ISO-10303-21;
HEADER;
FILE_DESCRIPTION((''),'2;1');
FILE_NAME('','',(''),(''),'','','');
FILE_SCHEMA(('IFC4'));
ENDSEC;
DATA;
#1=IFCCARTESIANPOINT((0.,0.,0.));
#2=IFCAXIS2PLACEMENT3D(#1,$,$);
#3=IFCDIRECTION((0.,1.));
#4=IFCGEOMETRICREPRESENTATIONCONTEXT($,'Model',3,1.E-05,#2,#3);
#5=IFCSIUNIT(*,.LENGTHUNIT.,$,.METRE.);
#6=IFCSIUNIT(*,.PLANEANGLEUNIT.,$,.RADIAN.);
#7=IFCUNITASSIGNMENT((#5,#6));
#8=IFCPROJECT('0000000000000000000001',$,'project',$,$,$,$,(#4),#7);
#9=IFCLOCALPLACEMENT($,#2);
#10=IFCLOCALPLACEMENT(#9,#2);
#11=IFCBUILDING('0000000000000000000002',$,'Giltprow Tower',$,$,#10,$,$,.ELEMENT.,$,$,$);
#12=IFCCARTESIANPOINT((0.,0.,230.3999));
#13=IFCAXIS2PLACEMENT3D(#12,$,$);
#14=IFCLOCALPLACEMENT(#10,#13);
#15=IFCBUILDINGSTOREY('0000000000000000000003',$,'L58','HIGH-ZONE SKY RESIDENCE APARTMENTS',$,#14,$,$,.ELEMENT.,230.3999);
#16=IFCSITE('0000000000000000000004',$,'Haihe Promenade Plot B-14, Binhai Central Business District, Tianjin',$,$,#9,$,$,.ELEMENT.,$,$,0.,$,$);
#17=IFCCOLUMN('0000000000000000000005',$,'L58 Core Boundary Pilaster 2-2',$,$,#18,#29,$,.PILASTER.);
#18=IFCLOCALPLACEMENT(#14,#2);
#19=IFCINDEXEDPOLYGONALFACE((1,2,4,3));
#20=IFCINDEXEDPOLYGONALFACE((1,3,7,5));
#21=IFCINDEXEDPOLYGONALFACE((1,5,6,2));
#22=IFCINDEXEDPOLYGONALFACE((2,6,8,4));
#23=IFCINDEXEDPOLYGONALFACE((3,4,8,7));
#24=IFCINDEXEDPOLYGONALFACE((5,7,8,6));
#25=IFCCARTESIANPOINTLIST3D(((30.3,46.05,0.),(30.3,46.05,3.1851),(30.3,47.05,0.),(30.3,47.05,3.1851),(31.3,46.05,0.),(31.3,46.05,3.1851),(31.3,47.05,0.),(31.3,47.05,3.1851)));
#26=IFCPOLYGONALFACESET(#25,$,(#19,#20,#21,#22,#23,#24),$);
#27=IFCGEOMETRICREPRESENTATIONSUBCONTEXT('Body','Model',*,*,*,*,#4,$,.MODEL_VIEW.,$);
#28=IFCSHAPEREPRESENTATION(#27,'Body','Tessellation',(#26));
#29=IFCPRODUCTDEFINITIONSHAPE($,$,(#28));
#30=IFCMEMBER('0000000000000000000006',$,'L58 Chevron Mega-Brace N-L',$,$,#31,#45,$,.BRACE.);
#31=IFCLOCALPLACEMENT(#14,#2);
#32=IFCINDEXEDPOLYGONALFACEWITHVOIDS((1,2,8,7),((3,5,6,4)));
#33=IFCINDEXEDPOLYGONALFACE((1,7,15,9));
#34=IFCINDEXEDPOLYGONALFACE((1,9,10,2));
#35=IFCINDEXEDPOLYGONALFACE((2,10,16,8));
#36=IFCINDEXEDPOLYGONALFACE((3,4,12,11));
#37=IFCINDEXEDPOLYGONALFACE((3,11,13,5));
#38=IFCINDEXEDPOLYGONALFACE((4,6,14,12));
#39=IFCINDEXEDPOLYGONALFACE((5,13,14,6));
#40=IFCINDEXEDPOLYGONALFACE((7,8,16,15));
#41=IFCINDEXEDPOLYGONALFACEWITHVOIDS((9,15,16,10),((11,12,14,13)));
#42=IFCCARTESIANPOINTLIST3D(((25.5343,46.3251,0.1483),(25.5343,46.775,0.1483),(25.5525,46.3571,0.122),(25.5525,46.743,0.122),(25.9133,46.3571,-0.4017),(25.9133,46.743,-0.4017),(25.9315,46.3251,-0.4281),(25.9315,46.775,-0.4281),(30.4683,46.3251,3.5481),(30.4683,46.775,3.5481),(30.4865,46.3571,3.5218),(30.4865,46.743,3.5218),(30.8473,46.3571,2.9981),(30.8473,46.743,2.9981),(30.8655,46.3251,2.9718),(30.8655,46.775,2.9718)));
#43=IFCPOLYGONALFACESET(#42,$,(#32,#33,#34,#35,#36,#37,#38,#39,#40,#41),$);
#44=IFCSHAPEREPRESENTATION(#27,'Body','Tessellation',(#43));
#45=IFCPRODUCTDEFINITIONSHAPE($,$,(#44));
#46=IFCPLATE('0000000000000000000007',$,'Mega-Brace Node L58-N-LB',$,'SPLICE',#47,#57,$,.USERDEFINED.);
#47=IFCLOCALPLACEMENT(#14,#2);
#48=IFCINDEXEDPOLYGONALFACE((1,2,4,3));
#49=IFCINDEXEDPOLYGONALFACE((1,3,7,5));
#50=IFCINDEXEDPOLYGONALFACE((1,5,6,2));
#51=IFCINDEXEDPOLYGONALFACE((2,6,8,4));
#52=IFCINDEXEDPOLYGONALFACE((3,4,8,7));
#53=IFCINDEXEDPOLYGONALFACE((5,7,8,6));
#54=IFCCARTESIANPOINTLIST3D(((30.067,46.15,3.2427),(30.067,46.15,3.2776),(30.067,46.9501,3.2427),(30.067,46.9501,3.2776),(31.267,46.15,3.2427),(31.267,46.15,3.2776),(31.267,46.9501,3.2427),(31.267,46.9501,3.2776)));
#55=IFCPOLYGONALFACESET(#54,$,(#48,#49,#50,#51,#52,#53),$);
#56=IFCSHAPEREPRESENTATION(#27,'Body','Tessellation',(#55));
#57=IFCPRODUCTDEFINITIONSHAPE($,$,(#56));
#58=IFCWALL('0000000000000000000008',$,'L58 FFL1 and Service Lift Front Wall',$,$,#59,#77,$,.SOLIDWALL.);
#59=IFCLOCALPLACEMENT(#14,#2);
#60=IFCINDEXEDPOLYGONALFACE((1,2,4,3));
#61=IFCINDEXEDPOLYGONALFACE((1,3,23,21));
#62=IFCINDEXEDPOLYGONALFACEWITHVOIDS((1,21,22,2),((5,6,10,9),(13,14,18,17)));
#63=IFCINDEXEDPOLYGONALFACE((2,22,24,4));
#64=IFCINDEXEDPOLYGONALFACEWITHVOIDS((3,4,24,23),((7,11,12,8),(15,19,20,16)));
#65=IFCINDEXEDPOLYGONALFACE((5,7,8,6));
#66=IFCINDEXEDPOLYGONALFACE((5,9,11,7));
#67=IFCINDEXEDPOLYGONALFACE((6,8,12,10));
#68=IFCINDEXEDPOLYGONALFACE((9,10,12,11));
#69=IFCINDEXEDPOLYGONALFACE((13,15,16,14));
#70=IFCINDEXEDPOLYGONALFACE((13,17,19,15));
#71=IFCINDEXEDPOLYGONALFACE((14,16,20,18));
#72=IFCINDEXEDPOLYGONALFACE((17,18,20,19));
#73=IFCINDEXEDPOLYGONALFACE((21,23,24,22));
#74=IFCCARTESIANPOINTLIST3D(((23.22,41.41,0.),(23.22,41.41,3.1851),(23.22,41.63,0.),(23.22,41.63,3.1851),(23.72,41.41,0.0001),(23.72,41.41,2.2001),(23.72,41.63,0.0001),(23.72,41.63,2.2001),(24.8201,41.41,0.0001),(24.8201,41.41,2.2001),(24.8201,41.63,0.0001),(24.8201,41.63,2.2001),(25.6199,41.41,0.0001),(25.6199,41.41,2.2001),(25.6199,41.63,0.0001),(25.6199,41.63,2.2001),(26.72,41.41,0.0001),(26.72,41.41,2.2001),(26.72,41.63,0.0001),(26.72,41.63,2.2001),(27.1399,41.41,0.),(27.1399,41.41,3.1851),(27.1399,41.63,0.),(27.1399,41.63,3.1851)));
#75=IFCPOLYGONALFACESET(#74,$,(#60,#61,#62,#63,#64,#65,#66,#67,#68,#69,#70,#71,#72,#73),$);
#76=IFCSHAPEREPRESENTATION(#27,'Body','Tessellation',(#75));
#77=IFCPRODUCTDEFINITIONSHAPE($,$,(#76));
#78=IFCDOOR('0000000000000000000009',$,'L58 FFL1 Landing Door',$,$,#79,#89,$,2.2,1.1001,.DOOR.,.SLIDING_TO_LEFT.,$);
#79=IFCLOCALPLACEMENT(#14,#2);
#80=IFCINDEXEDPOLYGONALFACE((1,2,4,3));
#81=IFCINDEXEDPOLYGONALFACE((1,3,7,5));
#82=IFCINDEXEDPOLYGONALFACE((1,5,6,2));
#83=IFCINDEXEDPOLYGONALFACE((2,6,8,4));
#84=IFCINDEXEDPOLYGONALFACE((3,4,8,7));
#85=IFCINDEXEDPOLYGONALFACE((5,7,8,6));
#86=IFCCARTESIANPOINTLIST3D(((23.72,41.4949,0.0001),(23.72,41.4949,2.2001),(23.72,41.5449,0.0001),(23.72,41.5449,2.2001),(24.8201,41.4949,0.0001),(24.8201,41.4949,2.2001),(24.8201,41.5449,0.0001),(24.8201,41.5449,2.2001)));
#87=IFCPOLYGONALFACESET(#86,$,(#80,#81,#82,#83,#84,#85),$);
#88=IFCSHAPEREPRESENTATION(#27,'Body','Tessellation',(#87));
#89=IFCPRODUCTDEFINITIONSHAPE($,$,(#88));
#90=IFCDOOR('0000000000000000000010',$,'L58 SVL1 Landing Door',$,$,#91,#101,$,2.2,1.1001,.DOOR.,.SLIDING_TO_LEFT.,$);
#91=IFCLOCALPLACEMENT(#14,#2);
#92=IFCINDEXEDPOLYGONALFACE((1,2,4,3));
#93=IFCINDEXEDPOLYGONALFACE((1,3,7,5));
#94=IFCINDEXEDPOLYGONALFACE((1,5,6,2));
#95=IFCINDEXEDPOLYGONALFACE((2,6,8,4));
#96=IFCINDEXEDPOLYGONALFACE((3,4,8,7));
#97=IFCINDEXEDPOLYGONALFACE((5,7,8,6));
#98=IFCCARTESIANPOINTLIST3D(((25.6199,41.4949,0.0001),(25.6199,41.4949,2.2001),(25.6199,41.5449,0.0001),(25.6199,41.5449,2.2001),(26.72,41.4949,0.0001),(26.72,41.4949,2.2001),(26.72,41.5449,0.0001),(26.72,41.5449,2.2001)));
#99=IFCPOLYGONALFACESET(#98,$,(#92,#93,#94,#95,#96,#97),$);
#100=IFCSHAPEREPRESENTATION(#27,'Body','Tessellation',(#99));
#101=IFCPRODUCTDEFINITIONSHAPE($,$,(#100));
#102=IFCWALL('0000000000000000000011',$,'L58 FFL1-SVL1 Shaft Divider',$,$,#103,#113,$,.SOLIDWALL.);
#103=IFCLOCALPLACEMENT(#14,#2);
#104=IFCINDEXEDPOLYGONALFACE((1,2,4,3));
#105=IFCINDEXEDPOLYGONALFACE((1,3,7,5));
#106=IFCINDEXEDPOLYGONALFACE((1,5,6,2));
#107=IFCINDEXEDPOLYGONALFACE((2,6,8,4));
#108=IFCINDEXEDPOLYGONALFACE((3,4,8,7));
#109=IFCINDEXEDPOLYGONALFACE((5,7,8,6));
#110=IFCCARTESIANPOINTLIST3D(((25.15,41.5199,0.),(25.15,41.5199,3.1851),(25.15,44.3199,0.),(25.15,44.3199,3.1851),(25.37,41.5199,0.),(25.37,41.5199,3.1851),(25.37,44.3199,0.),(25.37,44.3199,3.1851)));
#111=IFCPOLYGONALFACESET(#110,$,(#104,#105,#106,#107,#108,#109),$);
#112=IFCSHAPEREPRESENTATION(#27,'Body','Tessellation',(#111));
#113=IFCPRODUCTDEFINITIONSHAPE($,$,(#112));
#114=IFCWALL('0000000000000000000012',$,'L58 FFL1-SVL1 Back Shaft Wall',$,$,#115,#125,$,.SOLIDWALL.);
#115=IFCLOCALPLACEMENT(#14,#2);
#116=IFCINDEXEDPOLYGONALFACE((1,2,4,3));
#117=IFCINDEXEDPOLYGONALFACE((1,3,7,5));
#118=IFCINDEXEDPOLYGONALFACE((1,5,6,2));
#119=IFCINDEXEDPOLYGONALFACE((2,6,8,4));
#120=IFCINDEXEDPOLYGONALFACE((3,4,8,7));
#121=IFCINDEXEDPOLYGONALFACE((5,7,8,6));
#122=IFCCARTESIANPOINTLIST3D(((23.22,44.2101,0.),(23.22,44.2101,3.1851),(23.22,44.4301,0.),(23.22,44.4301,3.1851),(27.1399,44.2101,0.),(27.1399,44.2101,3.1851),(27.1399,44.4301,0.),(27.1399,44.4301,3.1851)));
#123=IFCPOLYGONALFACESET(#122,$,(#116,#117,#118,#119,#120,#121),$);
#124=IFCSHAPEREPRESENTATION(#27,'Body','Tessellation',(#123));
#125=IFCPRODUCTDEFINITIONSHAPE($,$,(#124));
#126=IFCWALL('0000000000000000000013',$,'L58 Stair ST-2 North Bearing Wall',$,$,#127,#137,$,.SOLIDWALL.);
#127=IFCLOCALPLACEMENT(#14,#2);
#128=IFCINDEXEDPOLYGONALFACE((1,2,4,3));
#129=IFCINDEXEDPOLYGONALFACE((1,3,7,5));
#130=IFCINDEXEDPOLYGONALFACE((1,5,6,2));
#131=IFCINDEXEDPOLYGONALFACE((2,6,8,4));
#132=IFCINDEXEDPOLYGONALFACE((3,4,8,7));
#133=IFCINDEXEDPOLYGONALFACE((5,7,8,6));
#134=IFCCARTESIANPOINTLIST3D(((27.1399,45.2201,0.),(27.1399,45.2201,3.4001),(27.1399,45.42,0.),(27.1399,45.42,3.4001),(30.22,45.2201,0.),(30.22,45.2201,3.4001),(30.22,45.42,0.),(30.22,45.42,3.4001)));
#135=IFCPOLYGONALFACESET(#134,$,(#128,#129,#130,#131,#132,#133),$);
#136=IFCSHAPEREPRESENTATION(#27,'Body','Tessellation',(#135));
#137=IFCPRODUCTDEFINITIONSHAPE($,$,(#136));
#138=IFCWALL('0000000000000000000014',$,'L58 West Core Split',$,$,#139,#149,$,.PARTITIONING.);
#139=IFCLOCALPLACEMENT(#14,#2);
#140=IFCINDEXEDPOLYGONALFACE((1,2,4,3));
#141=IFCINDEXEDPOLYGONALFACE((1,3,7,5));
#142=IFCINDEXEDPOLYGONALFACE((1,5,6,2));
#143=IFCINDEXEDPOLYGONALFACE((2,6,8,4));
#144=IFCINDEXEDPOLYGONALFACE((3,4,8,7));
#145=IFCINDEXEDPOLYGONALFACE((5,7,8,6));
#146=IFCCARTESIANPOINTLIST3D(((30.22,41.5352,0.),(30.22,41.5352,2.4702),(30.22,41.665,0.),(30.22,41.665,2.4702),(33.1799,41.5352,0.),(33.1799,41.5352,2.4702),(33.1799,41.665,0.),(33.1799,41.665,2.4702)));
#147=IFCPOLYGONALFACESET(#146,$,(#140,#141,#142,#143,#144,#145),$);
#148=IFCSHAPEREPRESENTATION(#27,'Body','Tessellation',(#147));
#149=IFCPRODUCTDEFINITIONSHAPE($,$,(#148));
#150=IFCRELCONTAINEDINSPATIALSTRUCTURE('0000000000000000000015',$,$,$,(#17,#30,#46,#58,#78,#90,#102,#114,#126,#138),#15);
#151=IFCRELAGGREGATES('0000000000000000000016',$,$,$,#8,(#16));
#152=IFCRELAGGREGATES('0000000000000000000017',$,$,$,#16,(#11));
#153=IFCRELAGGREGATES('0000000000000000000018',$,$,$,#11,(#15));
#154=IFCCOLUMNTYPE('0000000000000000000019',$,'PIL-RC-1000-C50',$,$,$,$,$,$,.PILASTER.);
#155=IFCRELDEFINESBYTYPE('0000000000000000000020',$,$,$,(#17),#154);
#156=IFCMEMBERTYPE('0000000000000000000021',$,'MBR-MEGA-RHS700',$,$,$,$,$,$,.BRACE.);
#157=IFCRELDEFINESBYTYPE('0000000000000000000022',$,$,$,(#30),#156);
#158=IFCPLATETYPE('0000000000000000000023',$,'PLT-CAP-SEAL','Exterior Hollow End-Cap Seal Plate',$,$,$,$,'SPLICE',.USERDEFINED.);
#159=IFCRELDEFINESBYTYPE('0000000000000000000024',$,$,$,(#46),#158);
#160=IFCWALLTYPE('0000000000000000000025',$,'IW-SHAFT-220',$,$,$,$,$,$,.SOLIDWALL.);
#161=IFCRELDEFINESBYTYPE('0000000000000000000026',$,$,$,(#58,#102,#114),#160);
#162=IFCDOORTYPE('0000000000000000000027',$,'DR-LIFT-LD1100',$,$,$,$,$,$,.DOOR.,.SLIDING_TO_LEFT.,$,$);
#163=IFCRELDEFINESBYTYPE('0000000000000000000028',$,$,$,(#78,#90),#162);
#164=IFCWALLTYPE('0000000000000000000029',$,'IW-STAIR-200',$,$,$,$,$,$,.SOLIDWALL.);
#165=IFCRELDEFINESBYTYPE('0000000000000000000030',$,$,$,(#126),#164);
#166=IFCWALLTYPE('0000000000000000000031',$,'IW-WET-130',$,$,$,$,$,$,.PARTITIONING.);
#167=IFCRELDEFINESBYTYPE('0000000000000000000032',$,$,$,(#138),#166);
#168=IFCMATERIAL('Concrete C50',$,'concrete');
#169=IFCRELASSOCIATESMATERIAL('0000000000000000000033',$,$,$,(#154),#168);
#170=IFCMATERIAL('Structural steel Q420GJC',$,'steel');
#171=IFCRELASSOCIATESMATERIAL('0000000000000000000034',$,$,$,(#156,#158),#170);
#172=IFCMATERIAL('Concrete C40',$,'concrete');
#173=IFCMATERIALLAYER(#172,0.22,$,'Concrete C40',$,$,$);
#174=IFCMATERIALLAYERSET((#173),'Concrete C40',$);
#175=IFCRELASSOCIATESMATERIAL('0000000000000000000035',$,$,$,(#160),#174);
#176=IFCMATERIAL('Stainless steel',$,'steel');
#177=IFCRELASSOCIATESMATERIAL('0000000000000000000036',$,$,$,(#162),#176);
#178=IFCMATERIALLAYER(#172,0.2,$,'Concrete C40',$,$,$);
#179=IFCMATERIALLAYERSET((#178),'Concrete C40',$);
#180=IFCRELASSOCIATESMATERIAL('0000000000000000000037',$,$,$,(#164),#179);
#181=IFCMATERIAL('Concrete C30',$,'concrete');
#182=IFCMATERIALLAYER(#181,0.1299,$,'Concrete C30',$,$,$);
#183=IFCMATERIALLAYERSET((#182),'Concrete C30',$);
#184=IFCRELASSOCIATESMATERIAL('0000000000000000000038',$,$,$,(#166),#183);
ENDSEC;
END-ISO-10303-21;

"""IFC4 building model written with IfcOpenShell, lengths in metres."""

from ifc_helpers import new_model, si_unit, direction, frame, frame_2d, origin, origin_2d, place, context, subcontext, project, spatial, rectangle, hollow_rectangle, extrude, source, transform, mapped, material, layer, layer_set, material_profile, profile_set, type_object, element, fill, save


model = new_model("IFC4")

# Units and contexts
model_context = context("Model", 3, precision=1e-05, world=origin(), true_north=direction((0.0, 1.0)))
body_context = subcontext(model_context, "Body", "Model", "MODEL_VIEW")
ifc_project = project(units=[si_unit("LENGTHUNIT", "METRE"), si_unit("PLANEANGLEUNIT", "RADIAN")], contexts=[model_context])

# Site, building, storey
site_placement = place(None, origin())
site = spatial("IfcSite", under=ifc_project, at=site_placement, Name="Haihe Promenade Plot B-14, Binhai Central Business District, Tianjin", CompositionType="ELEMENT", RefElevation=0.0)
building_placement = place(site_placement, origin())
building = spatial("IfcBuilding", under=site, at=building_placement, Name="Giltprow Tower", CompositionType="ELEMENT")
storey_placement = place(building_placement, frame((0.0, 0.0, 230.3999)))
storey = spatial("IfcBuildingStorey", under=building, at=storey_placement, Name="L58", Description="HIGH-ZONE SKY RESIDENCE APARTMENTS", CompositionType="ELEMENT", Elevation=230.3999)

# Column
ifc_material_1 = material(Name="Concrete C50", Category="concrete")
ifc_material_profile_1 = material_profile(ifc_material_1, rectangle(XDim=1.0, YDim=1.0, at=origin_2d()), Name="RC 1000x1000")
ifc_profile_set_1 = profile_set([ifc_material_profile_1], Name="Concrete C50")
column_type = type_object("IfcColumnType", Name="PIL-RC-1000-C50", PredefinedType="PILASTER", material=ifc_profile_set_1)
shared_shape_1 = source(origin(), body_context, "Body", "SweptSolid", [
    extrude(rectangle(XDim=1.0, YDim=1.0, at=origin_2d()), origin(), (0.0, 0.0, 1.0), 3.1851),
])
column_placement = place(storey_placement, frame((30.8, 46.55, 0.0), z_axis=(0.0, 0.0, 1.0), x_axis=(1.0, 0.0, 0.0)))
element("IfcColumn", 1, at=column_placement, inside=storey, type_object=column_type, Name="L58 Core Boundary Pilaster 2-2", PredefinedType="PILASTER", context=body_context, shape_type="MappedRepresentation", body=[
    mapped(shared_shape_1, transform((0.0, 0.0, 0.0), x_axis=(1.0, 0.0, 0.0), y_axis=(0.0, 1.0, 0.0), z_axis=(0.0, 0.0, 1.0), scale=1.0)),
])

# Member
ifc_material_2 = material(Name="Structural steel Q420GJC", Category="steel")
ifc_material_profile_2 = material_profile(ifc_material_2, hollow_rectangle(XDim=0.45, YDim=0.7, WallThickness=0.032, at=origin_2d()), Name="RHS 700x450x32")
ifc_profile_set_2 = profile_set([ifc_material_profile_2], Name="Structural steel Q420GJC")
member_type = type_object("IfcMemberType", Name="MBR-MEGA-RHS700", PredefinedType="BRACE", material=ifc_profile_set_2)
shared_shape_2 = source(origin(), body_context, "Body", "SweptSolid", [
    extrude(hollow_rectangle(XDim=0.45, YDim=0.7, WallThickness=0.032, at=origin_2d()), origin(), (0.0, 0.0, 1.0), 5.9919),
])
member_placement = place(storey_placement, frame((25.7329, 46.55, -0.1399), z_axis=(0.82344, 0.0, 0.567403), x_axis=(0.0, 1.0, 0.0)))
element("IfcMember", 2, at=member_placement, inside=storey, type_object=member_type, Name="L58 Chevron Mega-Brace N-L", PredefinedType="BRACE", context=body_context, shape_type="MappedRepresentation", body=[
    mapped(shared_shape_2, transform((0.0, 0.0, 0.0), x_axis=(1.0, 0.0, 0.0), y_axis=(0.0, 1.0, 0.0), z_axis=(0.0, 0.0, 1.0), scale=1.0)),
])

# Plate
plate_type = type_object("IfcPlateType", Name="PLT-CAP-SEAL", Description="Exterior Hollow End-Cap Seal Plate", ElementType="SPLICE", PredefinedType="USERDEFINED", material=ifc_material_2)
shared_shape_3 = source(origin(), body_context, "Body", "SweptSolid", [
    extrude(rectangle(XDim=1.2, YDim=0.8, at=origin_2d()), origin(), (0.0, 0.0, 1.0), 0.0349),
])
plate_placement = place(storey_placement, frame((30.667, 46.55, 3.2427), z_axis=(0.0, 0.0, 1.0), x_axis=(1.0, 0.0, 0.0)))
element("IfcPlate", 3, at=plate_placement, inside=storey, type_object=plate_type, Name="Mega-Brace Node L58-N-LB", ObjectType="SPLICE", PredefinedType="USERDEFINED", context=body_context, shape_type="MappedRepresentation", body=[
    mapped(shared_shape_3, transform((0.0, 0.0, 0.0), x_axis=(1.0, 0.0, 0.0), y_axis=(0.0, 1.0, 0.0), z_axis=(0.0, 0.0, 1.0), scale=1.0)),
])

# Wall, openings, doors
ifc_material_3 = material(Name="Concrete C40", Category="concrete")
ifc_layer_1 = layer(ifc_material_3, 0.22, Name="Concrete C40")
ifc_layer_set_1 = layer_set([ifc_layer_1], Name="Concrete C40")
wall_type_1 = type_object("IfcWallType", Name="IW-SHAFT-220", PredefinedType="SOLIDWALL", material=ifc_layer_set_1)
wall_1_placement = place(storey_placement, frame((23.22, 41.52, 0.0), z_axis=(0.0, 0.0, 1.0), x_axis=(1.0, 0.0, 0.0)))
wall_1 = element("IfcWall", 4, at=wall_1_placement, inside=storey, type_object=wall_type_1, Name="L58 FFL1 and Service Lift Front Wall", PredefinedType="SOLIDWALL", context=body_context, shape_type="SweptSolid", body=[
    extrude(rectangle(XDim=3.9199, YDim=0.22, at=frame_2d((1.96, 0.0))), origin(), (0.0, 0.0, 1.0), 3.1851),
])
opening_1_placement = place(wall_1_placement, frame((0.5, 0.0, 0.0)))
opening_1 = element("IfcOpeningElement", 5, at=opening_1_placement, cuts=wall_1, PredefinedType="OPENING", context=body_context, shape_type="SweptSolid", body=[
    extrude(rectangle(XDim=1.1001, YDim=2.2, at=frame_2d((0.55, 1.1001))), frame((0.0, 0.1199, 0.0), z_axis=(0.0, -1.0, 0.0), x_axis=(1.0, 0.0, 0.0)), (0.0, 0.0, 1.0), 0.24),
])
opening_2_placement = place(wall_1_placement, frame((2.3999, 0.0, 0.0)))
opening_2 = element("IfcOpeningElement", 6, at=opening_2_placement, cuts=wall_1, PredefinedType="OPENING", context=body_context, shape_type="SweptSolid", body=[
    extrude(rectangle(XDim=1.1001, YDim=2.2, at=frame_2d((0.55, 1.1001))), frame((0.0, 0.1199, 0.0), z_axis=(0.0, -1.0, 0.0), x_axis=(1.0, 0.0, 0.0)), (0.0, 0.0, 1.0), 0.24),
])
ifc_material_4 = material(Name="Stainless steel", Category="steel")
door_type = type_object("IfcDoorType", Name="DR-LIFT-LD1100", OperationType="SLIDING_TO_LEFT", PredefinedType="DOOR", material=ifc_material_4)
shared_shape_4 = source(origin(), body_context, "Body", "SweptSolid", [
    extrude(rectangle(XDim=1.1001, YDim=2.2, at=frame_2d((0.55, 1.1001))), frame((0.0, 0.0249, 0.0), z_axis=(0.0, -1.0, 0.0), x_axis=(1.0, 0.0, 0.0)), (0.0, 0.0, 1.0), 0.05),
])
door_1_placement = place(opening_1_placement, origin())
door_1 = element("IfcDoor", 7, at=door_1_placement, inside=storey, type_object=door_type, Name="L58 FFL1 Landing Door", OperationType="SLIDING_TO_LEFT", OverallHeight=2.2, OverallWidth=1.1001, PredefinedType="DOOR", context=body_context, shape_type="MappedRepresentation", body=[
    mapped(shared_shape_4, transform((0.0, 0.0, 0.0), x_axis=(1.0, 0.0, 0.0), y_axis=(0.0, 1.0, 0.0), z_axis=(0.0, 0.0, 1.0), scale=1.0)),
])
fill(opening_1, door_1)
door_2_placement = place(opening_2_placement, origin())
door_2 = element("IfcDoor", 8, at=door_2_placement, inside=storey, type_object=door_type, Name="L58 SVL1 Landing Door", OperationType="SLIDING_TO_LEFT", OverallHeight=2.2, OverallWidth=1.1001, PredefinedType="DOOR", context=body_context, shape_type="MappedRepresentation", body=[
    mapped(shared_shape_4, transform((0.0, 0.0, 0.0), x_axis=(1.0, 0.0, 0.0), y_axis=(0.0, 1.0, 0.0), z_axis=(0.0, 0.0, 1.0), scale=1.0)),
])
fill(opening_2, door_2)

# Walls
wall_2_placement = place(storey_placement, frame((25.26, 41.52, 0.0), z_axis=(0.0, 0.0, 1.0), x_axis=(0.0, 1.0, 0.0)))
element("IfcWall", 9, at=wall_2_placement, inside=storey, type_object=wall_type_1, Name="L58 FFL1-SVL1 Shaft Divider", PredefinedType="SOLIDWALL", context=body_context, shape_type="SweptSolid", body=[
    extrude(rectangle(XDim=2.8, YDim=0.22, at=frame_2d((1.3999, 0.0))), origin(), (0.0, 0.0, 1.0), 3.1851),
])
wall_3_placement = place(storey_placement, frame((23.22, 44.3201, 0.0), z_axis=(0.0, 0.0, 1.0), x_axis=(1.0, 0.0, 0.0)))
element("IfcWall", 10, at=wall_3_placement, inside=storey, type_object=wall_type_1, Name="L58 FFL1-SVL1 Back Shaft Wall", PredefinedType="SOLIDWALL", context=body_context, shape_type="SweptSolid", body=[
    extrude(rectangle(XDim=3.9199, YDim=0.22, at=frame_2d((1.96, 0.0))), origin(), (0.0, 0.0, 1.0), 3.1851),
])
ifc_layer_2 = layer(ifc_material_3, 0.2, Name="Concrete C40")
ifc_layer_set_2 = layer_set([ifc_layer_2], Name="Concrete C40")
wall_type_2 = type_object("IfcWallType", Name="IW-STAIR-200", PredefinedType="SOLIDWALL", material=ifc_layer_set_2)
wall_4_placement = place(storey_placement, frame((27.1399, 45.3201, 0.0), z_axis=(0.0, 0.0, 1.0), x_axis=(1.0, 0.0, 0.0)))
element("IfcWall", 11, at=wall_4_placement, inside=storey, type_object=wall_type_2, Name="L58 Stair ST-2 North Bearing Wall", PredefinedType="SOLIDWALL", context=body_context, shape_type="SweptSolid", body=[
    extrude(rectangle(XDim=3.0801, YDim=0.2, at=frame_2d((1.54, 0.0))), origin(), (0.0, 0.0, 1.0), 3.4001),
])
ifc_material_5 = material(Name="Concrete C30", Category="concrete")
ifc_layer_3 = layer(ifc_material_5, 0.1299, Name="Concrete C30")
ifc_layer_set_3 = layer_set([ifc_layer_3], Name="Concrete C30")
wall_type_3 = type_object("IfcWallType", Name="IW-WET-130", PredefinedType="PARTITIONING", material=ifc_layer_set_3)
wall_5_placement = place(storey_placement, frame((30.22, 41.6001, 0.0), z_axis=(0.0, 0.0, 1.0), x_axis=(1.0, 0.0, 0.0)))
element("IfcWall", 12, at=wall_5_placement, inside=storey, type_object=wall_type_3, Name="L58 West Core Split", PredefinedType="PARTITIONING", context=body_context, shape_type="SweptSolid", body=[
    extrude(rectangle(XDim=2.96, YDim=0.1299, at=frame_2d((1.48, 0.0))), origin(), (0.0, 0.0, 1.0), 2.4702),
])

save(model, "model.ifc")
